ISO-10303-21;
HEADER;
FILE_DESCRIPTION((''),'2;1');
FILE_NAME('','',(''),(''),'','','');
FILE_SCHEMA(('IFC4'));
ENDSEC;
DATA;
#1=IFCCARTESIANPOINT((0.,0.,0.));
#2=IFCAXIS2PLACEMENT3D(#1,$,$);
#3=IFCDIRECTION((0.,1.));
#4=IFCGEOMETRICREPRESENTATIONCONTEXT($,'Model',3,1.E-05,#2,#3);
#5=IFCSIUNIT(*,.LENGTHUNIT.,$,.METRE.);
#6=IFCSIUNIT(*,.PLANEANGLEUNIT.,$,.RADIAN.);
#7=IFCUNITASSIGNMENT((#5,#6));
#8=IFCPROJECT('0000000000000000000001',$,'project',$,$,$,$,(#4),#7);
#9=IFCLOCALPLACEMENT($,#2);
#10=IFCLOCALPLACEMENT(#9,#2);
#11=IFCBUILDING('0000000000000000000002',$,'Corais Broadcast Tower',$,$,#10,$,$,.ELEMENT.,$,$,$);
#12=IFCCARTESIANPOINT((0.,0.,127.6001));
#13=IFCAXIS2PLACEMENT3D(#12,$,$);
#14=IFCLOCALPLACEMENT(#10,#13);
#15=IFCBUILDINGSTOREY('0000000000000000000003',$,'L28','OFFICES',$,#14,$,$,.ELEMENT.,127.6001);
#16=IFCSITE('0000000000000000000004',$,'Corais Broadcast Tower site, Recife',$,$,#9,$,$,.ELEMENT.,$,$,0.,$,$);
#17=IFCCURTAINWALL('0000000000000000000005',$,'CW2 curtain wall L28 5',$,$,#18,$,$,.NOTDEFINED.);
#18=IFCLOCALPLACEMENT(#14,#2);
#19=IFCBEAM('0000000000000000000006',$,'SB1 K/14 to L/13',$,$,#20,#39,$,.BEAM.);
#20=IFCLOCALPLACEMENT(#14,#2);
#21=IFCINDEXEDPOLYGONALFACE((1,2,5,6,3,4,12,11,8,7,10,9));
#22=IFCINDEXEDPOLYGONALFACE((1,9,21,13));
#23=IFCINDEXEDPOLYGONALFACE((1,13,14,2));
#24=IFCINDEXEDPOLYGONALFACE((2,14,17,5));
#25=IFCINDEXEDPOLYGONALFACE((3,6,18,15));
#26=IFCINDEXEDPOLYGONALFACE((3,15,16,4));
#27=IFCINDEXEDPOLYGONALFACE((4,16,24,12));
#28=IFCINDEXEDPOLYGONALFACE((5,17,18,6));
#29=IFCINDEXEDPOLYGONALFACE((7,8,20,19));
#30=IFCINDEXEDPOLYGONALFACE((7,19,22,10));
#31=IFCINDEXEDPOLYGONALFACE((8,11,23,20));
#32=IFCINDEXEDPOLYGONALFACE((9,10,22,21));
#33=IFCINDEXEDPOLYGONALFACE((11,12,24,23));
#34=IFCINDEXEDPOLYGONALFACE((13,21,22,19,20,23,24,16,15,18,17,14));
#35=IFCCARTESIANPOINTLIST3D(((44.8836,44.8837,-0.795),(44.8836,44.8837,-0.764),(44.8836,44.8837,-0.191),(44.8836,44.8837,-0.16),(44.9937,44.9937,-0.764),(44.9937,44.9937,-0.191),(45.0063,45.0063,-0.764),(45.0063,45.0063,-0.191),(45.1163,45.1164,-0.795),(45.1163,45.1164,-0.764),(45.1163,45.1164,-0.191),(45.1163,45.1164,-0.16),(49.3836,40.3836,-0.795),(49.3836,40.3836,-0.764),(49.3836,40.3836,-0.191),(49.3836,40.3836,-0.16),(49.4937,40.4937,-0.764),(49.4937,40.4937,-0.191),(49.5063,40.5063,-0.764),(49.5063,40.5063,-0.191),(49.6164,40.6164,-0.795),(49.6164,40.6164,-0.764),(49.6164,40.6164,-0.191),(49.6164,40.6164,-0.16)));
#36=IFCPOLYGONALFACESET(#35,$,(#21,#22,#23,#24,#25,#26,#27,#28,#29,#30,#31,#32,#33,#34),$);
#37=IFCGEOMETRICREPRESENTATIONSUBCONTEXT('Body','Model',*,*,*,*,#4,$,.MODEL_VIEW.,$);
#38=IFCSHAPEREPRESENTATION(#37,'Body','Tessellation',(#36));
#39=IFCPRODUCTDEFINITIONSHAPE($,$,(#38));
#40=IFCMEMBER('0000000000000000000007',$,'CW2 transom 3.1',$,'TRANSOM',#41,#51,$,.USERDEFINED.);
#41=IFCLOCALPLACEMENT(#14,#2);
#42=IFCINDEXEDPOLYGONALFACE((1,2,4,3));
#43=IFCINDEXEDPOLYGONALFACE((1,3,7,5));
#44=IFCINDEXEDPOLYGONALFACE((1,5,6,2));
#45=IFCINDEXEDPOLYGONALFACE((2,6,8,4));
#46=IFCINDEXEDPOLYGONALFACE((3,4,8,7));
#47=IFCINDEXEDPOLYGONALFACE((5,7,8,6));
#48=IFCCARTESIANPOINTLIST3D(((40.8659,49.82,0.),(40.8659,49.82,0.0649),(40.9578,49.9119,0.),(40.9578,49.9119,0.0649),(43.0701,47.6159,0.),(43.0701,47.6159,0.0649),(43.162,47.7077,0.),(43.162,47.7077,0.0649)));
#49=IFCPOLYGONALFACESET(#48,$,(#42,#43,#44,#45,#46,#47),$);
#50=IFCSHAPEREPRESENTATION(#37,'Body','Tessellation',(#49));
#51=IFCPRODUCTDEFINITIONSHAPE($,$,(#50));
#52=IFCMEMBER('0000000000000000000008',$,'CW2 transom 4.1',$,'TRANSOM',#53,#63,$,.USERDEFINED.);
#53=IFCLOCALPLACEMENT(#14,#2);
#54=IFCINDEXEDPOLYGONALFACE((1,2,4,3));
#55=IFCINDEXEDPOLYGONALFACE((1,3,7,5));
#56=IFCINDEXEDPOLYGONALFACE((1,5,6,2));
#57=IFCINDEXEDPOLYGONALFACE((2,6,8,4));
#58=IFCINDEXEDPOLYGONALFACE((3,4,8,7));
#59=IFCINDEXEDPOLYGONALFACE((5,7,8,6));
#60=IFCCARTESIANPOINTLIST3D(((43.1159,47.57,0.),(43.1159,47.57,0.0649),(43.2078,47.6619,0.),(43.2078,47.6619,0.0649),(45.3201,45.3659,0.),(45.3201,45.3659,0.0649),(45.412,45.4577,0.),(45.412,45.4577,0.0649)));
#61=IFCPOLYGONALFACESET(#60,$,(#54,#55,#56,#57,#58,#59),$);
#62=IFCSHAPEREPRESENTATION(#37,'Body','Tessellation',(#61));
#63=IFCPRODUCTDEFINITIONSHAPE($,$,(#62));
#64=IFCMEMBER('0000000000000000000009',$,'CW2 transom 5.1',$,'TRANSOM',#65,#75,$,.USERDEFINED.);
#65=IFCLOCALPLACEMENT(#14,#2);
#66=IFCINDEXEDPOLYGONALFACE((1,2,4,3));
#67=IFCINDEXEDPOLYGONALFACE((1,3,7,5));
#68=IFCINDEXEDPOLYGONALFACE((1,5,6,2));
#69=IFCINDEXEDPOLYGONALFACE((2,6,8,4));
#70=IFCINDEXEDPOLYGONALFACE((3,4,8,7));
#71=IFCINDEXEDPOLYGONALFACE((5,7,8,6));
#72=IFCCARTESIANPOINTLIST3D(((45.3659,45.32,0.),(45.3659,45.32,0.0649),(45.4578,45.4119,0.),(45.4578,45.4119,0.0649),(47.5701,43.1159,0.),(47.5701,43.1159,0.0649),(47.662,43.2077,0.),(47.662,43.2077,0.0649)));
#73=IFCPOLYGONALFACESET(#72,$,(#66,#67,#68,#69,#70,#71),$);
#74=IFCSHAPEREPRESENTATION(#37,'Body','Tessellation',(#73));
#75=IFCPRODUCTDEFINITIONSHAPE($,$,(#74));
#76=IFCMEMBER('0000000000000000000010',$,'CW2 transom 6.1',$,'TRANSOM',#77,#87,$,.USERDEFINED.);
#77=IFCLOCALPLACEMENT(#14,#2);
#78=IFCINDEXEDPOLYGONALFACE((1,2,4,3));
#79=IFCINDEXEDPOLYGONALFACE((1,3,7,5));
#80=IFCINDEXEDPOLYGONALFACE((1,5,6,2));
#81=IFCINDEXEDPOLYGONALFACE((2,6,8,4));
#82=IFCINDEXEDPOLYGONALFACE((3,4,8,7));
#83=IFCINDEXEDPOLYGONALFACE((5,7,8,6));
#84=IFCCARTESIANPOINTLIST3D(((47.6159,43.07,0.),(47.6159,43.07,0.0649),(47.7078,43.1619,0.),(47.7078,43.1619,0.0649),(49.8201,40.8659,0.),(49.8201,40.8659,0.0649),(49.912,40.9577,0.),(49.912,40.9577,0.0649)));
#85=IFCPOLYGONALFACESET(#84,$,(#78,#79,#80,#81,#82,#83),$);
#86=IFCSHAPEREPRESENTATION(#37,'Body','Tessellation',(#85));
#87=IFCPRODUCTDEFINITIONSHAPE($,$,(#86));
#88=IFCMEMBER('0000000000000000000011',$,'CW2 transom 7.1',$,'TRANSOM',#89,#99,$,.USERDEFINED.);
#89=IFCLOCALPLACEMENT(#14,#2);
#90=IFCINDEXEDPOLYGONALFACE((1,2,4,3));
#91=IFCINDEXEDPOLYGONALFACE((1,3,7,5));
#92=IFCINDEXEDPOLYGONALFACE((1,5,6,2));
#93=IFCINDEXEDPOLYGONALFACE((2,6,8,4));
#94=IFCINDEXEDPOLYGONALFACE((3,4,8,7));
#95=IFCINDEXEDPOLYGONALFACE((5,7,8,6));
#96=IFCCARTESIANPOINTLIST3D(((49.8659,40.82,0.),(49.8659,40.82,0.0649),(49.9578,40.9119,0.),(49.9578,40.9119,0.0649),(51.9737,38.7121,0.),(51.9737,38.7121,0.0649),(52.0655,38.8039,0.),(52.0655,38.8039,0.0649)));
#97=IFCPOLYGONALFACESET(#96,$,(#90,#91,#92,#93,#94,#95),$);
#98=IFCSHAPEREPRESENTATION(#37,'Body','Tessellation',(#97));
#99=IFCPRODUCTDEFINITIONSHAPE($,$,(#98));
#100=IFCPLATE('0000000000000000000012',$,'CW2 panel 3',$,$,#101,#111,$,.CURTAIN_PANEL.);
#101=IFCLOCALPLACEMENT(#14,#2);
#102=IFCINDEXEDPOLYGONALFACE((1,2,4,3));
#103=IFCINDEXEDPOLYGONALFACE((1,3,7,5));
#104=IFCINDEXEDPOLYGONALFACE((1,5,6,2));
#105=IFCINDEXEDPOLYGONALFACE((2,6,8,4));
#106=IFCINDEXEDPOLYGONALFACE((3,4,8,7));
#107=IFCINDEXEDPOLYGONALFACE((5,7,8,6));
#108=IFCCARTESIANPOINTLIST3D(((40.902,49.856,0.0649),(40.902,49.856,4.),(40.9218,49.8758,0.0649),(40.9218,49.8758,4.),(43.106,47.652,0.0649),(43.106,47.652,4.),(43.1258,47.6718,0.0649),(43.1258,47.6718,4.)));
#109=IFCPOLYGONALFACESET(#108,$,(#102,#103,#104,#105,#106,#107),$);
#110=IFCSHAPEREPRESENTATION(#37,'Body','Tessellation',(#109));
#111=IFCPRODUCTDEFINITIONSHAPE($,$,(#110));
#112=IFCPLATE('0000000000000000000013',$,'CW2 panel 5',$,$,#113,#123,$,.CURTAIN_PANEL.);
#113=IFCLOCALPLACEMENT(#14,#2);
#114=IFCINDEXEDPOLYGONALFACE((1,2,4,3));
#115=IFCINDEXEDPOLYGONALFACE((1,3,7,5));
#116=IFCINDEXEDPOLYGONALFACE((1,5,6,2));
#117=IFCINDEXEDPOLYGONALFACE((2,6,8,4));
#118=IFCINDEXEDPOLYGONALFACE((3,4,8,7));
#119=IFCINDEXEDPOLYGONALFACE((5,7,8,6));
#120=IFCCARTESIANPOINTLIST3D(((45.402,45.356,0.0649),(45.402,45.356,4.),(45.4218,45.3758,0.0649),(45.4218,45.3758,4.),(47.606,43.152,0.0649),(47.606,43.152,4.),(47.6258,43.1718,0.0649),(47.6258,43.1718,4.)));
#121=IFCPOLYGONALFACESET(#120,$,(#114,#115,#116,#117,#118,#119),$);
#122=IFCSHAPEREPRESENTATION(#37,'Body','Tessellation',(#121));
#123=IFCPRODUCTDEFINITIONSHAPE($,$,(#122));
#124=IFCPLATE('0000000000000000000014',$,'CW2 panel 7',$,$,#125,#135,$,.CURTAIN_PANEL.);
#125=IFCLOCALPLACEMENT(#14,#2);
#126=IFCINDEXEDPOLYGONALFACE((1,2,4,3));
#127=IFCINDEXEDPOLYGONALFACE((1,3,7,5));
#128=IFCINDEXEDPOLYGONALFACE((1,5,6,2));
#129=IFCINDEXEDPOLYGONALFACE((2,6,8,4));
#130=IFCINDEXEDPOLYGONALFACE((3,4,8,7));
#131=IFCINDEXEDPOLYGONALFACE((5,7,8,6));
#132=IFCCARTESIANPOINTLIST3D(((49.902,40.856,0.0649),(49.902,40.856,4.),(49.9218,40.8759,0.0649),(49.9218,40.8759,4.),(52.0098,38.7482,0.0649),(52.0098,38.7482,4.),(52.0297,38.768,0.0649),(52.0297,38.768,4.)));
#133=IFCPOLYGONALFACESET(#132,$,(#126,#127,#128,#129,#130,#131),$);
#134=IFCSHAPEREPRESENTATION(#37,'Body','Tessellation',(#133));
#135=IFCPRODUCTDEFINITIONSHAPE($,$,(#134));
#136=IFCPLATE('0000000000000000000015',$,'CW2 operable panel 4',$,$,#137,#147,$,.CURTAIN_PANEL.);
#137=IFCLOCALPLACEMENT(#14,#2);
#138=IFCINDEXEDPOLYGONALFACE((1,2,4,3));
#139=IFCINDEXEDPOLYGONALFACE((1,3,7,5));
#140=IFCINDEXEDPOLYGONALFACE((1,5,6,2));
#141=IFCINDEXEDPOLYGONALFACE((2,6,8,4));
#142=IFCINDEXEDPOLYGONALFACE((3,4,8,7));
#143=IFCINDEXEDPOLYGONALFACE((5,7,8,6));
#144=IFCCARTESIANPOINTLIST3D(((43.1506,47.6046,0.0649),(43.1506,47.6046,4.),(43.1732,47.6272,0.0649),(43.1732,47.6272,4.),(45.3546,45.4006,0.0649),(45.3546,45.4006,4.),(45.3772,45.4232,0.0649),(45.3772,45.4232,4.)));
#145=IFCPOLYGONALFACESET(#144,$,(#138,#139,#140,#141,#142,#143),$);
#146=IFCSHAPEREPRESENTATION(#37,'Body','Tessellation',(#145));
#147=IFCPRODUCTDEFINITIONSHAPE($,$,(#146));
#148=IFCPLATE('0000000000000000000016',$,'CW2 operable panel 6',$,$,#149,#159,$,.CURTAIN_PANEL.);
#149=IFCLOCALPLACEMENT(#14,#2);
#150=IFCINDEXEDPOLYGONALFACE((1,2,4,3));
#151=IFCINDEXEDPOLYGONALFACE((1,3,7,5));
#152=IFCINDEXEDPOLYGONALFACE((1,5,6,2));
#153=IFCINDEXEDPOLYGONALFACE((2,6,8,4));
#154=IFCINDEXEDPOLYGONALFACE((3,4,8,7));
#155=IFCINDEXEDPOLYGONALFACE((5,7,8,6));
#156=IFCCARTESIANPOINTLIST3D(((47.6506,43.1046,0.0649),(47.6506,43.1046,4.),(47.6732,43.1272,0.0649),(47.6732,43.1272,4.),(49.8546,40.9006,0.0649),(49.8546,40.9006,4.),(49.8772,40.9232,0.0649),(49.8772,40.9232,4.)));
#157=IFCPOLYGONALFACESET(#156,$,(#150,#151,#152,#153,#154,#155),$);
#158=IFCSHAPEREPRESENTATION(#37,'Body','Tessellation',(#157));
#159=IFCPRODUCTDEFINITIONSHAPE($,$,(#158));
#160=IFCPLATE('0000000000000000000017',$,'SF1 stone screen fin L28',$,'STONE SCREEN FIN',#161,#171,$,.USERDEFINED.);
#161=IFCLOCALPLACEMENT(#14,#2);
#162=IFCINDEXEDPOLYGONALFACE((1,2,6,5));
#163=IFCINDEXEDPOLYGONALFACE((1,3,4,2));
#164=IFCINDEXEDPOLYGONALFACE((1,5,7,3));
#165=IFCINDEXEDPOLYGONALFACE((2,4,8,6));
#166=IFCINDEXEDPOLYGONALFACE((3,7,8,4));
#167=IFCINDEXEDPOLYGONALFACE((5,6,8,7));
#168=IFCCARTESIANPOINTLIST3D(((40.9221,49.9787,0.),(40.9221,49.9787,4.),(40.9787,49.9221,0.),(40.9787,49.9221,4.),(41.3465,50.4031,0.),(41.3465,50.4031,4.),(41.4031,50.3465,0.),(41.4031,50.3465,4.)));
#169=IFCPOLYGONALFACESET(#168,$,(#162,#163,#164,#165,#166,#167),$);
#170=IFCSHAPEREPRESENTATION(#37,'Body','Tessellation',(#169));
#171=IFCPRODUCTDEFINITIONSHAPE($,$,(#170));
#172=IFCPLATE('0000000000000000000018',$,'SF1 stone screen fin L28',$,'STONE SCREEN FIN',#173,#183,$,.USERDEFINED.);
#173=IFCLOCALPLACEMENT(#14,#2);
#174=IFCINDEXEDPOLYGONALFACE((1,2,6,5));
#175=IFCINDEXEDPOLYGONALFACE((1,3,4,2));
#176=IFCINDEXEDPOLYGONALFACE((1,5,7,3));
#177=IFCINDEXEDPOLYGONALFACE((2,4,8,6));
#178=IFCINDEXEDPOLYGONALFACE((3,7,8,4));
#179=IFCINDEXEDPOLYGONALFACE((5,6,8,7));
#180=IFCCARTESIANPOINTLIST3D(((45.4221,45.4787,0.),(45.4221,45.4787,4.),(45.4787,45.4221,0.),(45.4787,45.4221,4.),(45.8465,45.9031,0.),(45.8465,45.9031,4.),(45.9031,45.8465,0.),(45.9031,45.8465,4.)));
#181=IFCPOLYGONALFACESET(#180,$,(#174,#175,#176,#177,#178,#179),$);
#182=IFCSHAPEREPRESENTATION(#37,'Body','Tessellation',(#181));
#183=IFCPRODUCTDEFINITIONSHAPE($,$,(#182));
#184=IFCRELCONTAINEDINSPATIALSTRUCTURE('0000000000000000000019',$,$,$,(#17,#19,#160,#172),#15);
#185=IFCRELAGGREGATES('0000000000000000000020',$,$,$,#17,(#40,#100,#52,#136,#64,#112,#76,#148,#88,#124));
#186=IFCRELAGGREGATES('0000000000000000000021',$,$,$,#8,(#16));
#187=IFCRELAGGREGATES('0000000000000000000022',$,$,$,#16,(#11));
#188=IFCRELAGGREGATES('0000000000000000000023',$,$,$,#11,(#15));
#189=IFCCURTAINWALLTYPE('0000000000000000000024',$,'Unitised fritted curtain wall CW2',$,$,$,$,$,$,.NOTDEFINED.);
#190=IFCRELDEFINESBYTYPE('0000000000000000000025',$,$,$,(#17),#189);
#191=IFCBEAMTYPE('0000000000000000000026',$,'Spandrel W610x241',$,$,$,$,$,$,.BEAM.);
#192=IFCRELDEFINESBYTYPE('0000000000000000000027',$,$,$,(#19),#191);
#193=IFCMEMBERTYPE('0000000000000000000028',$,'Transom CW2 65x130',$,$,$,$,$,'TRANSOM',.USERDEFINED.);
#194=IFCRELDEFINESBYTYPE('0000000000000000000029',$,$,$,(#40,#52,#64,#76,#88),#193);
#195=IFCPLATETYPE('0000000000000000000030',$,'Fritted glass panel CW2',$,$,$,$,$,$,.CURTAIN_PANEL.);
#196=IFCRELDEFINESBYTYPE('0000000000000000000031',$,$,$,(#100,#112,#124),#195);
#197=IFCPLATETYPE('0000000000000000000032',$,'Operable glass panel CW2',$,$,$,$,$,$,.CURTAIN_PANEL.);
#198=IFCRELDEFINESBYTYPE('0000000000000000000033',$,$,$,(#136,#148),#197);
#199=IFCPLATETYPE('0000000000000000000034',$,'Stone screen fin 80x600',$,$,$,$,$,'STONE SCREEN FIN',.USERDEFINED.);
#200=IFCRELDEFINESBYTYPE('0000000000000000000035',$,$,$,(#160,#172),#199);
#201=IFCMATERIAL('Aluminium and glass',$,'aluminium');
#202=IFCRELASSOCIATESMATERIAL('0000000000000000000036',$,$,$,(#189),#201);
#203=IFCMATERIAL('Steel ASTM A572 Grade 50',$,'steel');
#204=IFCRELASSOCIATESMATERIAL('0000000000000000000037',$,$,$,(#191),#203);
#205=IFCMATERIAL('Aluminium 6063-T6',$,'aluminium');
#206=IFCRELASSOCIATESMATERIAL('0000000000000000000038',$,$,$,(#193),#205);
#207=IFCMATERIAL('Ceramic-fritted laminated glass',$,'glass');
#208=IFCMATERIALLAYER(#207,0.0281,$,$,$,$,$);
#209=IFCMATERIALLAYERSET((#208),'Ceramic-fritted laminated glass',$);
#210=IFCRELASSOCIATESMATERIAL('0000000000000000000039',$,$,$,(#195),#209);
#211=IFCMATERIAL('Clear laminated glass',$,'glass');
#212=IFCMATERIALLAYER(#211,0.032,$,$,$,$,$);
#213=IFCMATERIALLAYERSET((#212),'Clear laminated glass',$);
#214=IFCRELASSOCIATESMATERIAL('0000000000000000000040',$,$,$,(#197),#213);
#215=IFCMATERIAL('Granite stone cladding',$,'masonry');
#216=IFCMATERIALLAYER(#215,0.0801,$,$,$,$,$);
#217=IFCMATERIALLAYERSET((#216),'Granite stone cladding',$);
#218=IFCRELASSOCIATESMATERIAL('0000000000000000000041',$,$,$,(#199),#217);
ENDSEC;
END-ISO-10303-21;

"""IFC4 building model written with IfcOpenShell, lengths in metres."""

from ifc_helpers import new_model, si_unit, direction, frame, origin, origin_2d, place, context, subcontext, project, spatial, rectangle, i_section, extrude, material, layer, layer_set, material_profile, profile_set, type_object, element, aggregate, save


model = new_model("IFC4")

# Units and contexts
model_context = context("Model", 3, precision=1e-05, world=origin(), true_north=direction((0.0, 1.0)))
body_context = subcontext(model_context, "Body", "Model", "MODEL_VIEW")
ifc_project = project(units=[si_unit("LENGTHUNIT", "METRE"), si_unit("PLANEANGLEUNIT", "RADIAN")], contexts=[model_context])

# Site, building, storey
site_placement = place(None, origin())
site = spatial("IfcSite", under=ifc_project, at=site_placement, Name="Corais Broadcast Tower site, Recife", CompositionType="ELEMENT", RefElevation=0.0)
building_placement = place(site_placement, origin())
building = spatial("IfcBuilding", under=site, at=building_placement, Name="Corais Broadcast Tower", CompositionType="ELEMENT")
storey_placement = place(building_placement, frame((0.0, 0.0, 127.6001)))
storey = spatial("IfcBuildingStorey", under=building, at=storey_placement, Name="L28", Description="OFFICES", CompositionType="ELEMENT", Elevation=127.6001)

# Curtain wall
ifc_material_1 = material(Name="Aluminium and glass", Category="aluminium")
curtain_wall_type = type_object("IfcCurtainWallType", Name="Unitised fritted curtain wall CW2", PredefinedType="NOTDEFINED", material=ifc_material_1)
curtain_wall_placement = place(storey_placement, origin())
curtain_wall = element("IfcCurtainWall", 1, at=curtain_wall_placement, inside=storey, type_object=curtain_wall_type, Name="CW2 curtain wall L28 5", PredefinedType="NOTDEFINED")

# Beam
ifc_material_2 = material(Name="Steel ASTM A572 Grade 50", Category="steel")
ifc_material_profile_1 = material_profile(ifc_material_2, i_section(OverallWidth=0.3291, OverallDepth=0.635, WebThickness=0.0178, FlangeThickness=0.031, at=origin_2d()), Name="W610x241")
ifc_profile_set_1 = profile_set([ifc_material_profile_1], Name="Steel ASTM A572 Grade 50")
beam_type_1 = type_object("IfcBeamType", Name="Spandrel W610x241", PredefinedType="BEAM", material=ifc_profile_set_1)
for number, where, z_axis, x_axis, name in (
    (2, (49.5, 40.5, -0.4775), (-0.707107, 0.707107, 0.0), (-0.707107, -0.707107, 0.0), "SB1 K/14 to L/13"),
):
    element("IfcBeam", number, at=place(storey_placement, frame(where, z_axis=z_axis, x_axis=x_axis)), inside=storey, type_object=beam_type_1, Name=name, PredefinedType="BEAM", context=body_context, shape_type="SweptSolid", body=[
        extrude(i_section(OverallWidth=0.3291, OverallDepth=0.635, WebThickness=0.0178, FlangeThickness=0.031, at=origin_2d()), origin(), (0.0, 0.0, 1.0), 6.364),
    ])

# Members
ifc_material_3 = material(Name="Aluminium 6063-T6", Category="aluminium")
ifc_material_profile_2 = material_profile(ifc_material_3, rectangle(XDim=0.1299, YDim=0.0649, at=origin_2d()), Name="Transom CW2 65x130")
ifc_profile_set_2 = profile_set([ifc_material_profile_2], Name="Aluminium 6063-T6")
member_type_1 = type_object("IfcMemberType", Name="Transom CW2 65x130", ElementType="TRANSOM", PredefinedType="USERDEFINED", material=ifc_profile_set_2)
member_1_placement = place(storey_placement, frame((40.9119, 49.866, 0.0325), z_axis=(0.707107, -0.707107, 0.0), x_axis=(0.707107, 0.707107, 0.0)))
member_1 = element("IfcMember", 3, at=member_1_placement, type_object=member_type_1, Name="CW2 transom 3.1", ObjectType="TRANSOM", PredefinedType="USERDEFINED", context=body_context, shape_type="SweptSolid", body=[
    extrude(rectangle(XDim=0.1299, YDim=0.0649, at=origin_2d()), origin(), (0.0, 0.0, 1.0), 3.1172),
])
member_2_placement = place(storey_placement, frame((43.1619, 47.616, 0.0325), z_axis=(0.707107, -0.707107, 0.0), x_axis=(0.707107, 0.707107, 0.0)))
member_2 = element("IfcMember", 4, at=member_2_placement, type_object=member_type_1, Name="CW2 transom 4.1", ObjectType="TRANSOM", PredefinedType="USERDEFINED", context=body_context, shape_type="SweptSolid", body=[
    extrude(rectangle(XDim=0.1299, YDim=0.0649, at=origin_2d()), origin(), (0.0, 0.0, 1.0), 3.1172),
])
member_3_placement = place(storey_placement, frame((45.4119, 45.366, 0.0325), z_axis=(0.707107, -0.707107, 0.0), x_axis=(0.707107, 0.707107, 0.0)))
member_3 = element("IfcMember", 5, at=member_3_placement, type_object=member_type_1, Name="CW2 transom 5.1", ObjectType="TRANSOM", PredefinedType="USERDEFINED", context=body_context, shape_type="SweptSolid", body=[
    extrude(rectangle(XDim=0.1299, YDim=0.0649, at=origin_2d()), origin(), (0.0, 0.0, 1.0), 3.1172),
])
member_4_placement = place(storey_placement, frame((47.6619, 43.116, 0.0325), z_axis=(0.707107, -0.707107, 0.0), x_axis=(0.707107, 0.707107, 0.0)))
member_4 = element("IfcMember", 6, at=member_4_placement, type_object=member_type_1, Name="CW2 transom 6.1", ObjectType="TRANSOM", PredefinedType="USERDEFINED", context=body_context, shape_type="SweptSolid", body=[
    extrude(rectangle(XDim=0.1299, YDim=0.0649, at=origin_2d()), origin(), (0.0, 0.0, 1.0), 3.1172),
])
member_5_placement = place(storey_placement, frame((49.9119, 40.866, 0.0325), z_axis=(0.707066, -0.707148, 0.0), x_axis=(0.707148, 0.707066, 0.0)))
member_5 = element("IfcMember", 7, at=member_5_placement, type_object=member_type_1, Name="CW2 transom 7.1", ObjectType="TRANSOM", PredefinedType="USERDEFINED", context=body_context, shape_type="SweptSolid", body=[
    extrude(rectangle(XDim=0.1299, YDim=0.0649, at=origin_2d()), origin(), (0.0, 0.0, 1.0), 2.981),
])

# Plates
ifc_material_4 = material(Name="Ceramic-fritted laminated glass", Category="glass")
ifc_layer_1 = layer(ifc_material_4, 0.0281)
ifc_layer_set_1 = layer_set([ifc_layer_1], Name="Ceramic-fritted laminated glass")
plate_type_1 = type_object("IfcPlateType", Name="Fritted glass panel CW2", PredefinedType="CURTAIN_PANEL", material=ifc_layer_set_1)
plate_1_placement = place(storey_placement, frame((42.0139, 48.7639, 0.0649), z_axis=(0.0, 0.0, 1.0), x_axis=(0.707107, -0.707107, 0.0)))
plate_1 = element("IfcPlate", 8, at=plate_1_placement, type_object=plate_type_1, Name="CW2 panel 3", PredefinedType="CURTAIN_PANEL", context=body_context, shape_type="SweptSolid", body=[
    extrude(rectangle(XDim=3.1169, YDim=0.0281, at=origin_2d()), origin(), (0.0, 0.0, 1.0), 3.9351),
])
plate_2_placement = place(storey_placement, frame((46.5139, 44.2639, 0.0649), z_axis=(0.0, 0.0, 1.0), x_axis=(0.707107, -0.707107, 0.0)))
plate_2 = element("IfcPlate", 9, at=plate_2_placement, type_object=plate_type_1, Name="CW2 panel 5", PredefinedType="CURTAIN_PANEL", context=body_context, shape_type="SweptSolid", body=[
    extrude(rectangle(XDim=3.1169, YDim=0.0281, at=origin_2d()), origin(), (0.0, 0.0, 1.0), 3.9351),
])
plate_3_placement = place(storey_placement, frame((50.9658, 39.812, 0.0649), z_axis=(0.0, 0.0, 1.0), x_axis=(0.707107, -0.707107, 0.0)))
plate_3 = element("IfcPlate", 10, at=plate_3_placement, type_object=plate_type_1, Name="CW2 panel 7", PredefinedType="CURTAIN_PANEL", context=body_context, shape_type="SweptSolid", body=[
    extrude(rectangle(XDim=2.981, YDim=0.0281, at=origin_2d()), origin(), (0.0, 0.0, 1.0), 3.9351),
])
ifc_material_5 = material(Name="Clear laminated glass", Category="glass")
ifc_layer_2 = layer(ifc_material_5, 0.032)
ifc_layer_set_2 = layer_set([ifc_layer_2], Name="Clear laminated glass")
plate_type_2 = type_object("IfcPlateType", Name="Operable glass panel CW2", PredefinedType="CURTAIN_PANEL", material=ifc_layer_set_2)
plate_4_placement = place(storey_placement, frame((44.2639, 46.5139, 0.0649), z_axis=(0.0, 0.0, 1.0), x_axis=(0.707107, -0.707107, 0.0)))
plate_4 = element("IfcPlate", 11, at=plate_4_placement, type_object=plate_type_2, Name="CW2 operable panel 4", PredefinedType="CURTAIN_PANEL", context=body_context, shape_type="SweptSolid", body=[
    extrude(rectangle(XDim=3.1169, YDim=0.032, at=origin_2d()), origin(), (0.0, 0.0, 1.0), 3.9351),
])
plate_5_placement = place(storey_placement, frame((48.7639, 42.0139, 0.0649), z_axis=(0.0, 0.0, 1.0), x_axis=(0.707107, -0.707107, 0.0)))
plate_5 = element("IfcPlate", 12, at=plate_5_placement, type_object=plate_type_2, Name="CW2 operable panel 6", PredefinedType="CURTAIN_PANEL", context=body_context, shape_type="SweptSolid", body=[
    extrude(rectangle(XDim=3.1169, YDim=0.032, at=origin_2d()), origin(), (0.0, 0.0, 1.0), 3.9351),
])
aggregate(curtain_wall, [member_1, plate_1, member_2, plate_4, member_3, plate_2, member_4, plate_5, member_5, plate_3])

# Plates
ifc_material_6 = material(Name="Granite stone cladding", Category="masonry")
ifc_layer_3 = layer(ifc_material_6, 0.0801)
ifc_layer_set_3 = layer_set([ifc_layer_3], Name="Granite stone cladding")
plate_type_3 = type_object("IfcPlateType", Name="Stone screen fin 80x600", ElementType="STONE SCREEN FIN", PredefinedType="USERDEFINED", material=ifc_layer_set_3)
for number, where, z_axis, x_axis, name in (
    (13, (41.1626, 50.1626, 0.0), (0.0, 0.0, 1.0), (0.707107, -0.707107, 0.0), "SF1 stone screen fin L28"),
    (14, (45.6626, 45.6626, 0.0), (0.0, 0.0, 1.0), (0.707107, -0.707107, 0.0), "SF1 stone screen fin L28"),
):
    element("IfcPlate", number, at=place(storey_placement, frame(where, z_axis=z_axis, x_axis=x_axis)), inside=storey, type_object=plate_type_3, Name=name, ObjectType="STONE SCREEN FIN", PredefinedType="USERDEFINED", context=body_context, shape_type="SweptSolid", body=[
        extrude(rectangle(XDim=0.0801, YDim=0.6001, at=origin_2d()), origin(), (0.0, 0.0, 1.0), 4.0),
    ])

save(model, "model.ifc")
